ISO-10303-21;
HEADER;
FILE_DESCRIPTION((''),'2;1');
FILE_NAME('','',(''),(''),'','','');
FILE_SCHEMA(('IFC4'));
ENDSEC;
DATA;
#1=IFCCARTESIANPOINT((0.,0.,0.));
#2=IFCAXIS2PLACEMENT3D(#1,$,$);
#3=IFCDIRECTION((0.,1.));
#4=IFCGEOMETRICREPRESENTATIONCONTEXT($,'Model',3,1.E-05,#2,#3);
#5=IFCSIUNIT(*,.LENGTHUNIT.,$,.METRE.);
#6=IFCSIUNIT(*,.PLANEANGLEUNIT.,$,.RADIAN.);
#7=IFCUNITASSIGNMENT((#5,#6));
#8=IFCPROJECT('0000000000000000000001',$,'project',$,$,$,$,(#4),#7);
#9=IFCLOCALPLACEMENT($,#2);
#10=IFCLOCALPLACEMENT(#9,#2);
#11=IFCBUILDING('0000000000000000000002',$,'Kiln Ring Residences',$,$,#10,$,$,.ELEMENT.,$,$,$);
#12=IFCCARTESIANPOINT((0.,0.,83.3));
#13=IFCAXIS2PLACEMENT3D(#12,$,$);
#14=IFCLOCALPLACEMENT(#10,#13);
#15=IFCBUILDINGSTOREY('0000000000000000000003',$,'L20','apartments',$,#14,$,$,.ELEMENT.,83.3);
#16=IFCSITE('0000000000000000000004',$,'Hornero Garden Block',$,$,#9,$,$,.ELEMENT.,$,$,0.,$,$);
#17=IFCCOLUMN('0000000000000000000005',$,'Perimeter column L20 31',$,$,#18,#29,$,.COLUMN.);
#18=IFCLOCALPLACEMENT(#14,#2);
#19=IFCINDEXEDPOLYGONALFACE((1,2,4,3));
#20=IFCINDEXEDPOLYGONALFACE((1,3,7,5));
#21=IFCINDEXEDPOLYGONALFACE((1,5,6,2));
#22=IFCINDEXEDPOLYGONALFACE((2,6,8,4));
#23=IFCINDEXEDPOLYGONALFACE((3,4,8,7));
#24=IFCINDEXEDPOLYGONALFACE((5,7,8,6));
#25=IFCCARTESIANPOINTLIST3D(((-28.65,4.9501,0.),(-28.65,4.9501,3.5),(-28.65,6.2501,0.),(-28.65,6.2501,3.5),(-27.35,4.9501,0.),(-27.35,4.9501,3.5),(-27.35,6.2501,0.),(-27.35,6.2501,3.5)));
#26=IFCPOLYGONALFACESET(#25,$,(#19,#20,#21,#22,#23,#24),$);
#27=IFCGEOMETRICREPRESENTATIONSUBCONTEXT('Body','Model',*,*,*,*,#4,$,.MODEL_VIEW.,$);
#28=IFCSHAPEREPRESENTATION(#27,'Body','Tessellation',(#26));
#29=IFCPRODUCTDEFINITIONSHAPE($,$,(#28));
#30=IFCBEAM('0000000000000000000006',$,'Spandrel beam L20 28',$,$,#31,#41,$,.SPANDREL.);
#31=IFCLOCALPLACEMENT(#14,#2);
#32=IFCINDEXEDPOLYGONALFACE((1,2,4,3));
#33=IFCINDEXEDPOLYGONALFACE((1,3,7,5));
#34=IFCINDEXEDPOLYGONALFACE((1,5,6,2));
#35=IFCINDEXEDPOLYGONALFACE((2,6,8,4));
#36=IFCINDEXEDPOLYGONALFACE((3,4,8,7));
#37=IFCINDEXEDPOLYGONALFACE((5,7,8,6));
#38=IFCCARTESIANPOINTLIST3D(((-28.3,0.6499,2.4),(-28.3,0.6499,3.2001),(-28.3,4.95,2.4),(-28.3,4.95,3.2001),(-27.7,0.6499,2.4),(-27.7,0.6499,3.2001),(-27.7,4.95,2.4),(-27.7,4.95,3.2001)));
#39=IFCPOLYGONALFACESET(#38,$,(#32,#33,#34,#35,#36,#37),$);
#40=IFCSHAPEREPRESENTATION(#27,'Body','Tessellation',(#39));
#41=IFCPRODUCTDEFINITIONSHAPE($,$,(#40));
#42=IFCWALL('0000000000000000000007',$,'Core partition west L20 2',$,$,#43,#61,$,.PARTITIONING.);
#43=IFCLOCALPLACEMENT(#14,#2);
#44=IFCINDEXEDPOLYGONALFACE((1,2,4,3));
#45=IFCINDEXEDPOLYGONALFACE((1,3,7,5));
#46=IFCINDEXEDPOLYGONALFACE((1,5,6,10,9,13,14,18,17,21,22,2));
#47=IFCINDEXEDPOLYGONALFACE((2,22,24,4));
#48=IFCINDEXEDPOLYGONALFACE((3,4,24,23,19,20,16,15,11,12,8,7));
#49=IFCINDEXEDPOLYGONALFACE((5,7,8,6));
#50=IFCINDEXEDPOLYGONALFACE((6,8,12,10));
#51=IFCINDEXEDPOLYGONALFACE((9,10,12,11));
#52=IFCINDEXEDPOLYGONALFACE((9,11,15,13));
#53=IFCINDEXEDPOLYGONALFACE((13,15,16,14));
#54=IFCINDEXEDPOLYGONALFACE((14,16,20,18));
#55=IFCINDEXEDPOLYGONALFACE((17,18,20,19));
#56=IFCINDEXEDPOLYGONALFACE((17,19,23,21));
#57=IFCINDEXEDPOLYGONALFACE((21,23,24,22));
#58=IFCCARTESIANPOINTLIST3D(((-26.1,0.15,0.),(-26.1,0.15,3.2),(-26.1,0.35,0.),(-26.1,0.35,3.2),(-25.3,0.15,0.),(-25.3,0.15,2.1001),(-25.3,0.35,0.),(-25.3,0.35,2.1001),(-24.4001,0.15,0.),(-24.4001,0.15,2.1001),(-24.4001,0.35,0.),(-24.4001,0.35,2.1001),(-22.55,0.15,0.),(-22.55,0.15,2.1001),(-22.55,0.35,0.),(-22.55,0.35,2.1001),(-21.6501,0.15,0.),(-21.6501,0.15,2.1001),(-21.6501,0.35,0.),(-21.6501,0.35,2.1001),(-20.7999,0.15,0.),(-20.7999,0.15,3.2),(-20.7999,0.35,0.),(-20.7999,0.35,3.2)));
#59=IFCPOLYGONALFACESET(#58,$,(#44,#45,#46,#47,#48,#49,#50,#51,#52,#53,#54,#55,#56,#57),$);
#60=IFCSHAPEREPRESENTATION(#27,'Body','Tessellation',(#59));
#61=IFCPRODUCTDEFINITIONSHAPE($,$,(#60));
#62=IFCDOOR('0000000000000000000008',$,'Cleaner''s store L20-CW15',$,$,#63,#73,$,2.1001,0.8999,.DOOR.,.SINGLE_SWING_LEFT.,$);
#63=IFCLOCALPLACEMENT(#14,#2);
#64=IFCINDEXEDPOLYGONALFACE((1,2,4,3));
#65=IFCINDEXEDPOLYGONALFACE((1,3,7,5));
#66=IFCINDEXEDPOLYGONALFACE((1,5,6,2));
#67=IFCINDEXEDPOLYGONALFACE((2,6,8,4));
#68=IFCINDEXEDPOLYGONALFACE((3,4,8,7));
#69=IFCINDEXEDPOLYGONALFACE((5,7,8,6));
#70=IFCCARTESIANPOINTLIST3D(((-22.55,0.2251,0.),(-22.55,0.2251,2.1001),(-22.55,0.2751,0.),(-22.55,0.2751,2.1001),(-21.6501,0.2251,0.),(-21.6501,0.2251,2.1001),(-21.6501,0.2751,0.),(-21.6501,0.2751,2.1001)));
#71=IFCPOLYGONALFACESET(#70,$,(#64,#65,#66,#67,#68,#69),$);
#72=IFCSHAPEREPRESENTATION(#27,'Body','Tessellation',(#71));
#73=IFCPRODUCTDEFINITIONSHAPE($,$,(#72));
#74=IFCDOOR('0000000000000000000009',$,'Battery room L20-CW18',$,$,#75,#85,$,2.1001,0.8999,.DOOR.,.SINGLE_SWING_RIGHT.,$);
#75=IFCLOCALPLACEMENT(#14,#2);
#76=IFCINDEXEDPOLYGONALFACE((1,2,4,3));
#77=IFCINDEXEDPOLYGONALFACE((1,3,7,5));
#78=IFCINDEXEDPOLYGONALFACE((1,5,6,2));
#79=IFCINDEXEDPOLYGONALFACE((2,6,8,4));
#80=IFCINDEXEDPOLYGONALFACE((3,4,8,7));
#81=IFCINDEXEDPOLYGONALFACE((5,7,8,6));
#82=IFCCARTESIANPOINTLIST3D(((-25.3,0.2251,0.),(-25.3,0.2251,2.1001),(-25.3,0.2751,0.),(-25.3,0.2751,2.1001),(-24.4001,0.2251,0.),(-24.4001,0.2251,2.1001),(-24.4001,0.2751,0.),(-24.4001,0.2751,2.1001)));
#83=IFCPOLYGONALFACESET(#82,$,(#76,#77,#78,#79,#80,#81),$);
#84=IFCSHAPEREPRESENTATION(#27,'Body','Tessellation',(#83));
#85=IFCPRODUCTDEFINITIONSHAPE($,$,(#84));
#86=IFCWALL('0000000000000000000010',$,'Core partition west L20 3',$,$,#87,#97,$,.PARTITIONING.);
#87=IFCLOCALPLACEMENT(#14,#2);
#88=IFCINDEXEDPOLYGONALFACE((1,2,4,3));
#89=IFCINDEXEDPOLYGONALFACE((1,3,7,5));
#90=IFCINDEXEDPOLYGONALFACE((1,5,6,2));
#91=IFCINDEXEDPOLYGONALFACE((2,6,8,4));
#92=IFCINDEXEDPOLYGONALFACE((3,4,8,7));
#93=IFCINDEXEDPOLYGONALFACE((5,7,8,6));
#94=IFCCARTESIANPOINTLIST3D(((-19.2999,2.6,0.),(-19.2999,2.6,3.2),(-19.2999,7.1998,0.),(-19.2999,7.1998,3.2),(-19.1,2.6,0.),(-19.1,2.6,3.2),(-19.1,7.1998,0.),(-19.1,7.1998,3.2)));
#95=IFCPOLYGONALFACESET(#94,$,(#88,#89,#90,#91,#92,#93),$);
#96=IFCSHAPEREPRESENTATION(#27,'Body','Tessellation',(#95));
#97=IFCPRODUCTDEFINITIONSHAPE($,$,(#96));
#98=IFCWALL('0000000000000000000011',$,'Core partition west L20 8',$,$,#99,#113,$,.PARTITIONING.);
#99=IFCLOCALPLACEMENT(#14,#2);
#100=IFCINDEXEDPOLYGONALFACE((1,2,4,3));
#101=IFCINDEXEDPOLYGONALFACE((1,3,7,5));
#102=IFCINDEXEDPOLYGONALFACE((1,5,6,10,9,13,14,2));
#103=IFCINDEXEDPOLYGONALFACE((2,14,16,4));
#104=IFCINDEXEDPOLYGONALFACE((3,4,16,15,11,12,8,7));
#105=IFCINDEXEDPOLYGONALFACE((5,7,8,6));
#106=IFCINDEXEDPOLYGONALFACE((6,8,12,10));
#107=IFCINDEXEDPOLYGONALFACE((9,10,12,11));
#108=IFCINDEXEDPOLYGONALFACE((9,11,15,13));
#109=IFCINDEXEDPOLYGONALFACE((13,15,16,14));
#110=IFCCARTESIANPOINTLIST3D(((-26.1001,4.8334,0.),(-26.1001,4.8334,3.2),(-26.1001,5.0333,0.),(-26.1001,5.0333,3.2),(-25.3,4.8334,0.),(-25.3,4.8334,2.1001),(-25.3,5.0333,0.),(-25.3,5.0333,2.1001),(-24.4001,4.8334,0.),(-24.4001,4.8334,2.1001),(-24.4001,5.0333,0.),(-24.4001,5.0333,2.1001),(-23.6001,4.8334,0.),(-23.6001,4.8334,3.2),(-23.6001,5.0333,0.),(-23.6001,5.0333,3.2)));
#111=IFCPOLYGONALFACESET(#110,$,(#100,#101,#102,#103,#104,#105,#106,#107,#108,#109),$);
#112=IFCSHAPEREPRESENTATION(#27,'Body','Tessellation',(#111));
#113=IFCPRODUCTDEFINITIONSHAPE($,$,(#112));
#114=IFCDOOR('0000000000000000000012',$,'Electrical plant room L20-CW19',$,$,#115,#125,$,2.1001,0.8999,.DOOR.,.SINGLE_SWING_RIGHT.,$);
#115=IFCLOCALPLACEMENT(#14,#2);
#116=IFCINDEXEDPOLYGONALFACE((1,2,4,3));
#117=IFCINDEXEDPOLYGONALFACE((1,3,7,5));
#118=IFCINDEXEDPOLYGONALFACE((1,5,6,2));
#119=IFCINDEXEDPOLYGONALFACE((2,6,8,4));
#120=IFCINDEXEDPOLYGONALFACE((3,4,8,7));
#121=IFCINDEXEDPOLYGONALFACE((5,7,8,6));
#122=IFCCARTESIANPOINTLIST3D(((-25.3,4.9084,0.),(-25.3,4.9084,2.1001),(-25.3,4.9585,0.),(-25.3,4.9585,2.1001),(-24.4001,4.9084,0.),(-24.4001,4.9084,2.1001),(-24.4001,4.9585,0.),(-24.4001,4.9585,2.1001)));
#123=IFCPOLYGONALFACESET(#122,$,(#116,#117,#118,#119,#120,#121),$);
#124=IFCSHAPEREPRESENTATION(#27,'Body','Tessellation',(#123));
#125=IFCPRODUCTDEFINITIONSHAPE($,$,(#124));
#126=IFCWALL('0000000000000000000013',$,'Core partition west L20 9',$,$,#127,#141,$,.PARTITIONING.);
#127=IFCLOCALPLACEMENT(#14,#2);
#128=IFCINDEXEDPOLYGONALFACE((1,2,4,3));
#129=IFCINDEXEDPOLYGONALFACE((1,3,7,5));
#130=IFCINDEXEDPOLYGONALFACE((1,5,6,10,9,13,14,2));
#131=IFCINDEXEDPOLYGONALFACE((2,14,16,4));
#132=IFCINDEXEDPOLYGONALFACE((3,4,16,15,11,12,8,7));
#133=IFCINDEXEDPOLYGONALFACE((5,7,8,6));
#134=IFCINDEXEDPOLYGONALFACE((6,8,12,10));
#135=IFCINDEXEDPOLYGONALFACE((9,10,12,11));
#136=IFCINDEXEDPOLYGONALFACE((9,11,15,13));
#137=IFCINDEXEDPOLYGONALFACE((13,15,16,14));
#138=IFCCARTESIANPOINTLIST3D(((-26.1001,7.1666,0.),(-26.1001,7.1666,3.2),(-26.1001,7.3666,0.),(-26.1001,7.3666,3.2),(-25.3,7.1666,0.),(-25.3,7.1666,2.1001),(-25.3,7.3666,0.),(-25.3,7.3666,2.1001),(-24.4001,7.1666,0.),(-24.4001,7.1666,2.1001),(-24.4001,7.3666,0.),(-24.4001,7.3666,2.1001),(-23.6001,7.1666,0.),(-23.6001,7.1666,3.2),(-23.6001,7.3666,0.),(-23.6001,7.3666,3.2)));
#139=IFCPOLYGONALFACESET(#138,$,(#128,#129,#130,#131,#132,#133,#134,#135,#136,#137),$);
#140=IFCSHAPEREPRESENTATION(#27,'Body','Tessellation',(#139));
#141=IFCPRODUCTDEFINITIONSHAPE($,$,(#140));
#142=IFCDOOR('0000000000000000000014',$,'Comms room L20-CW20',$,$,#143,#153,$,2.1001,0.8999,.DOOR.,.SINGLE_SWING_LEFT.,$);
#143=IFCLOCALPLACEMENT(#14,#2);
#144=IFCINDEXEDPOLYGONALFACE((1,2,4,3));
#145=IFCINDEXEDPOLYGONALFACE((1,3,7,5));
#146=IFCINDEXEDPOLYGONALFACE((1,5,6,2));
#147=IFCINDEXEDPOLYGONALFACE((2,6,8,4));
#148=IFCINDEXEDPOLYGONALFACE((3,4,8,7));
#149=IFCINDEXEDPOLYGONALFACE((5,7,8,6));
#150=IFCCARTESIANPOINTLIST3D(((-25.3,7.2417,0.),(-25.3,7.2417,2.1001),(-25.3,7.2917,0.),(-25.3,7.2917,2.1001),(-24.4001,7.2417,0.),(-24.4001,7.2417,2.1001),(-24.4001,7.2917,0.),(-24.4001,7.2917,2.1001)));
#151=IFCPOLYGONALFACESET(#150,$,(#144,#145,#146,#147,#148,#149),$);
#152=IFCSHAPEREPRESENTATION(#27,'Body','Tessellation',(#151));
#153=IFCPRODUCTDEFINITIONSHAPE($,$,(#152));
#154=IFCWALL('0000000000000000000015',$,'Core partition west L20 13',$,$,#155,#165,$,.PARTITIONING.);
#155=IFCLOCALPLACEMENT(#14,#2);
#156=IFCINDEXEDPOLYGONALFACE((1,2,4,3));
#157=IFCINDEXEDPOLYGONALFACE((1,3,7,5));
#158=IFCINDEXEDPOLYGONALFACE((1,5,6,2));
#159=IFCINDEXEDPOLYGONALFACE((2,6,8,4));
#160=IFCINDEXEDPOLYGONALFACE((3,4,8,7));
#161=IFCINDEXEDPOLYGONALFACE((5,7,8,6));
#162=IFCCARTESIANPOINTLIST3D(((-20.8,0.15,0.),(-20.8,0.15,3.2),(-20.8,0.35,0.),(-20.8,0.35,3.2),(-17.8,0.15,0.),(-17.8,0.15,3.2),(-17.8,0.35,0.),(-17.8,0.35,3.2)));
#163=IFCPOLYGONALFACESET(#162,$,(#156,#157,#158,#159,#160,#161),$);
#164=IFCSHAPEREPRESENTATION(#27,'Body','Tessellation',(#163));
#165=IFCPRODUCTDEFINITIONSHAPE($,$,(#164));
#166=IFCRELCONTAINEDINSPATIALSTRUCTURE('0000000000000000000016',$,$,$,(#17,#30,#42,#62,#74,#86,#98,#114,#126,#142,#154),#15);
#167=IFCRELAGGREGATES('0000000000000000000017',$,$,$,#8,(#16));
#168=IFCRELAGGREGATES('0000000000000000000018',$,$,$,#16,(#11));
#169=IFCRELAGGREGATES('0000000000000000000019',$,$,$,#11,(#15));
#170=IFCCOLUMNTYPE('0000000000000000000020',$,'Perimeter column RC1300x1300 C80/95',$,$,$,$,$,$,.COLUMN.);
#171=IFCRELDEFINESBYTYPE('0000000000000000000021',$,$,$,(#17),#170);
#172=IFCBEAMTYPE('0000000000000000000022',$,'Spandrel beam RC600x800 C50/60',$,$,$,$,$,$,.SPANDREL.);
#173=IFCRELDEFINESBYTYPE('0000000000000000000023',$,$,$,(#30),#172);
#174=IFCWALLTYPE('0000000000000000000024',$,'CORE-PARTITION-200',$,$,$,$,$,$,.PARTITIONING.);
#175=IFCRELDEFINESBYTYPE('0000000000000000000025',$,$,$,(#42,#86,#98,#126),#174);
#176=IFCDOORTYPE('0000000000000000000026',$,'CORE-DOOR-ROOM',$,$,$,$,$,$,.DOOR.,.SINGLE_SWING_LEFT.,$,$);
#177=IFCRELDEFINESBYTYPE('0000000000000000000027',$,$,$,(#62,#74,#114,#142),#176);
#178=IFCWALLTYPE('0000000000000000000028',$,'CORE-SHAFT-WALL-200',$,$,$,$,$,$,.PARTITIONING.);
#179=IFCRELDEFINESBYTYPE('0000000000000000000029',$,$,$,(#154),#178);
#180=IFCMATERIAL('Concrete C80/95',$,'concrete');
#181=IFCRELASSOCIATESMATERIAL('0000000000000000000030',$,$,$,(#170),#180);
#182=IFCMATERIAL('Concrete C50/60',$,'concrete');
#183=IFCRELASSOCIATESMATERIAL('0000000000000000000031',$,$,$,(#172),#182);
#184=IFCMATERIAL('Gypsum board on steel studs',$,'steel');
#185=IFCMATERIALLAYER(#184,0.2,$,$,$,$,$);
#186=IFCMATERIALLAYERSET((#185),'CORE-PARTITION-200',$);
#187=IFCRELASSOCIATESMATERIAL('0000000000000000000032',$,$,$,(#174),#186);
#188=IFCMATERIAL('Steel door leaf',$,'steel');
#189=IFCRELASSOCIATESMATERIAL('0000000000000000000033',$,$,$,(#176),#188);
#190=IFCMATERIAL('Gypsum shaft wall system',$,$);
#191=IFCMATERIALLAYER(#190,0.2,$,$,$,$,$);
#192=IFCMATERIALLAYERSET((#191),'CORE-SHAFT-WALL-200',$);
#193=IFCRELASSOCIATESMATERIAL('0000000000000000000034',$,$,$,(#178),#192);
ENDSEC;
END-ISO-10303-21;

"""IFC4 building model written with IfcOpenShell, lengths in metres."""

from ifc_helpers import new_model, si_unit, direction, frame, frame_2d, origin, origin_2d, place, context, subcontext, project, spatial, rectangle, extrude, material, layer, layer_set, material_profile, profile_set, type_object, element, fill, save


model = new_model("IFC4")

# Units and contexts
model_context = context("Model", 3, precision=1e-05, world=origin(), true_north=direction((0.0, 1.0)))
body_context = subcontext(model_context, "Body", "Model", "MODEL_VIEW")
ifc_project = project(units=[si_unit("LENGTHUNIT", "METRE"), si_unit("PLANEANGLEUNIT", "RADIAN")], contexts=[model_context])

# Site, building, storey
site_placement = place(None, origin())
site = spatial("IfcSite", under=ifc_project, at=site_placement, Name="Hornero Garden Block", CompositionType="ELEMENT", RefElevation=0.0)
building_placement = place(site_placement, origin())
building = spatial("IfcBuilding", under=site, at=building_placement, Name="Kiln Ring Residences", CompositionType="ELEMENT")
storey_placement = place(building_placement, frame((0.0, 0.0, 83.3)))
storey = spatial("IfcBuildingStorey", under=building, at=storey_placement, Name="L20", Description="apartments", CompositionType="ELEMENT", Elevation=83.3)

# Column
ifc_material_1 = material(Name="Concrete C80/95", Category="concrete")
ifc_material_profile_1 = material_profile(ifc_material_1, rectangle(XDim=1.3, YDim=1.3, at=origin_2d()), Name="RC1300x1300")
ifc_profile_set_1 = profile_set([ifc_material_profile_1], Name="Concrete C80/95")
column_type = type_object("IfcColumnType", Name="Perimeter column RC1300x1300 C80/95", PredefinedType="COLUMN", material=ifc_profile_set_1)
column_placement = place(storey_placement, frame((-28.0, 5.6001, 0.0), z_axis=(0.0, 0.0, 1.0), x_axis=(1.0, 0.0, 0.0)))
element("IfcColumn", 1, at=column_placement, inside=storey, type_object=column_type, Name="Perimeter column L20 31", PredefinedType="COLUMN", context=body_context, shape_type="SweptSolid", body=[
    extrude(rectangle(XDim=1.3, YDim=1.3, at=origin_2d()), origin(), (0.0, 0.0, 1.0), 3.5),
])

# Beam
ifc_material_2 = material(Name="Concrete C50/60", Category="concrete")
ifc_material_profile_2 = material_profile(ifc_material_2, rectangle(XDim=0.6001, YDim=0.8, at=origin_2d()), Name="RC600x800")
ifc_profile_set_2 = profile_set([ifc_material_profile_2], Name="Concrete C50/60")
beam_type = type_object("IfcBeamType", Name="Spandrel beam RC600x800 C50/60", PredefinedType="SPANDREL", material=ifc_profile_set_2)
beam_placement = place(storey_placement, frame((-28.0, 4.95, 2.8), z_axis=(0.0, -1.0, 0.0), x_axis=(1.0, 0.0, 0.0)))
element("IfcBeam", 2, at=beam_placement, inside=storey, type_object=beam_type, Name="Spandrel beam L20 28", PredefinedType="SPANDREL", context=body_context, shape_type="SweptSolid", body=[
    extrude(rectangle(XDim=0.6001, YDim=0.8, at=origin_2d()), origin(), (0.0, 0.0, 1.0), 4.3),
])

# Wall, openings, doors
ifc_material_3 = material(Name="Gypsum board on steel studs", Category="steel")
ifc_layer_1 = layer(ifc_material_3, 0.2)
ifc_layer_set_1 = layer_set([ifc_layer_1], Name="CORE-PARTITION-200")
wall_type_1 = type_object("IfcWallType", Name="CORE-PARTITION-200", PredefinedType="PARTITIONING", material=ifc_layer_set_1)
wall_1_placement = place(storey_placement, frame((-20.8, 0.25, 0.0), z_axis=(0.0, 0.0, 1.0), x_axis=(-1.0, 0.0, 0.0)))
wall_1 = element("IfcWall", 3, at=wall_1_placement, inside=storey, type_object=wall_type_1, Name="Core partition west L20 2", PredefinedType="PARTITIONING", context=body_context, shape_type="SweptSolid", body=[
    extrude(rectangle(XDim=5.3, YDim=0.2, at=frame_2d((2.6499, 0.0))), origin(), (0.0, 0.0, 1.0), 3.2),
])
opening_1_placement = place(wall_1_placement, frame((0.8501, 0.0, 0.0)))
opening_1 = element("IfcOpeningElement", 4, at=opening_1_placement, cuts=wall_1, PredefinedType="OPENING", context=body_context, shape_type="SweptSolid", body=[
    extrude(rectangle(XDim=0.8999, YDim=2.1001, at=frame_2d((0.45, 1.05))), frame((0.0, 0.1099, 0.0), z_axis=(0.0, -1.0, 0.0), x_axis=(1.0, 0.0, 0.0)), (0.0, 0.0, 1.0), 0.22),
])
opening_2_placement = place(wall_1_placement, frame((3.6001, 0.0, 0.0)))
opening_2 = element("IfcOpeningElement", 5, at=opening_2_placement, cuts=wall_1, PredefinedType="OPENING", context=body_context, shape_type="SweptSolid", body=[
    extrude(rectangle(XDim=0.8999, YDim=2.1001, at=frame_2d((0.45, 1.05))), frame((0.0, 0.1099, 0.0), z_axis=(0.0, -1.0, 0.0), x_axis=(1.0, 0.0, 0.0)), (0.0, 0.0, 1.0), 0.22),
])
ifc_material_4 = material(Name="Steel door leaf", Category="steel")
door_type_1 = type_object("IfcDoorType", Name="CORE-DOOR-ROOM", OperationType="SINGLE_SWING_LEFT", PredefinedType="DOOR", material=ifc_material_4)
door_1_placement = place(opening_1_placement, origin())
door_1 = element("IfcDoor", 6, at=door_1_placement, inside=storey, type_object=door_type_1, Name="Cleaner's store L20-CW15", OperationType="SINGLE_SWING_LEFT", OverallHeight=2.1001, OverallWidth=0.8999, PredefinedType="DOOR", context=body_context, shape_type="SweptSolid", body=[
    extrude(rectangle(XDim=0.8999, YDim=2.1001, at=frame_2d((0.45, 1.05))), frame((0.0, 0.0249, 0.0), z_axis=(0.0, -1.0, 0.0), x_axis=(1.0, 0.0, 0.0)), (0.0, 0.0, 1.0), 0.05),
])
fill(opening_1, door_1)
door_2_placement = place(opening_2_placement, origin())
door_2 = element("IfcDoor", 7, at=door_2_placement, inside=storey, type_object=door_type_1, Name="Battery room L20-CW18", OperationType="SINGLE_SWING_RIGHT", OverallHeight=2.1001, OverallWidth=0.8999, PredefinedType="DOOR", context=body_context, shape_type="SweptSolid", body=[
    extrude(rectangle(XDim=0.8999, YDim=2.1001, at=frame_2d((0.45, 1.05))), frame((0.0, 0.0249, 0.0), z_axis=(0.0, -1.0, 0.0), x_axis=(1.0, 0.0, 0.0)), (0.0, 0.0, 1.0), 0.05),
])
fill(opening_2, door_2)

# Wall
wall_2_placement = place(storey_placement, frame((-19.2, 2.6001, 0.0), z_axis=(0.0, 0.0, 1.0), x_axis=(0.0, 1.0, 0.0)))
element("IfcWall", 8, at=wall_2_placement, inside=storey, type_object=wall_type_1, Name="Core partition west L20 3", PredefinedType="PARTITIONING", context=body_context, shape_type="SweptSolid", body=[
    extrude(rectangle(XDim=4.5999, YDim=0.2, at=frame_2d((2.2998, 0.0))), origin(), (0.0, 0.0, 1.0), 3.2),
])

# Walls, openings, doors
wall_3_placement = place(storey_placement, frame((-23.6001, 4.9333, 0.0), z_axis=(0.0, 0.0, 1.0), x_axis=(-1.0, 0.0, 0.0)))
wall_3 = element("IfcWall", 9, at=wall_3_placement, inside=storey, type_object=wall_type_1, Name="Core partition west L20 8", PredefinedType="PARTITIONING", context=body_context, shape_type="SweptSolid", body=[
    extrude(rectangle(XDim=2.5, YDim=0.2, at=frame_2d((1.25, 0.0))), origin(), (0.0, 0.0, 1.0), 3.2),
])
opening_3_placement = place(wall_3_placement, frame((0.8, 0.0, 0.0)))
opening_3 = element("IfcOpeningElement", 10, at=opening_3_placement, cuts=wall_3, PredefinedType="OPENING", context=body_context, shape_type="SweptSolid", body=[
    extrude(rectangle(XDim=0.8999, YDim=2.1001, at=frame_2d((0.45, 1.05))), frame((0.0, 0.1099, 0.0), z_axis=(0.0, -1.0, 0.0), x_axis=(1.0, 0.0, 0.0)), (0.0, 0.0, 1.0), 0.22),
])
door_3_placement = place(opening_3_placement, origin())
door_3 = element("IfcDoor", 11, at=door_3_placement, inside=storey, type_object=door_type_1, Name="Electrical plant room L20-CW19", OperationType="SINGLE_SWING_RIGHT", OverallHeight=2.1001, OverallWidth=0.8999, PredefinedType="DOOR", context=body_context, shape_type="SweptSolid", body=[
    extrude(rectangle(XDim=0.8999, YDim=2.1001, at=frame_2d((0.45, 1.05))), frame((0.0, 0.0249, 0.0), z_axis=(0.0, -1.0, 0.0), x_axis=(1.0, 0.0, 0.0)), (0.0, 0.0, 1.0), 0.05),
])
fill(opening_3, door_3)
wall_4_placement = place(storey_placement, frame((-23.6001, 7.2666, 0.0), z_axis=(0.0, 0.0, 1.0), x_axis=(-1.0, 0.0, 0.0)))
wall_4 = element("IfcWall", 12, at=wall_4_placement, inside=storey, type_object=wall_type_1, Name="Core partition west L20 9", PredefinedType="PARTITIONING", context=body_context, shape_type="SweptSolid", body=[
    extrude(rectangle(XDim=2.5, YDim=0.2, at=frame_2d((1.25, 0.0))), origin(), (0.0, 0.0, 1.0), 3.2),
])
opening_4_placement = place(wall_4_placement, frame((0.8, 0.0, 0.0)))
opening_4 = element("IfcOpeningElement", 13, at=opening_4_placement, cuts=wall_4, PredefinedType="OPENING", context=body_context, shape_type="SweptSolid", body=[
    extrude(rectangle(XDim=0.8999, YDim=2.1001, at=frame_2d((0.45, 1.05))), frame((0.0, 0.1099, 0.0), z_axis=(0.0, -1.0, 0.0), x_axis=(1.0, 0.0, 0.0)), (0.0, 0.0, 1.0), 0.22),
])
door_4_placement = place(opening_4_placement, origin())
door_4 = element("IfcDoor", 14, at=door_4_placement, inside=storey, type_object=door_type_1, Name="Comms room L20-CW20", OperationType="SINGLE_SWING_LEFT", OverallHeight=2.1001, OverallWidth=0.8999, PredefinedType="DOOR", context=body_context, shape_type="SweptSolid", body=[
    extrude(rectangle(XDim=0.8999, YDim=2.1001, at=frame_2d((0.45, 1.05))), frame((0.0, 0.0249, 0.0), z_axis=(0.0, -1.0, 0.0), x_axis=(1.0, 0.0, 0.0)), (0.0, 0.0, 1.0), 0.05),
])
fill(opening_4, door_4)

# Wall
ifc_material_5 = material(Name="Gypsum shaft wall system")
ifc_layer_2 = layer(ifc_material_5, 0.2)
ifc_layer_set_2 = layer_set([ifc_layer_2], Name="CORE-SHAFT-WALL-200")
wall_type_2 = type_object("IfcWallType", Name="CORE-SHAFT-WALL-200", PredefinedType="PARTITIONING", material=ifc_layer_set_2)
wall_5_placement = place(storey_placement, frame((-17.8, 0.25, 0.0), z_axis=(0.0, 0.0, 1.0), x_axis=(-1.0, 0.0, 0.0)))
element("IfcWall", 15, at=wall_5_placement, inside=storey, type_object=wall_type_2, Name="Core partition west L20 13", PredefinedType="PARTITIONING", context=body_context, shape_type="SweptSolid", body=[
    extrude(rectangle(XDim=3.0, YDim=0.2, at=frame_2d((1.5, 0.0))), origin(), (0.0, 0.0, 1.0), 3.2),
])

save(model, "model.ifc")
